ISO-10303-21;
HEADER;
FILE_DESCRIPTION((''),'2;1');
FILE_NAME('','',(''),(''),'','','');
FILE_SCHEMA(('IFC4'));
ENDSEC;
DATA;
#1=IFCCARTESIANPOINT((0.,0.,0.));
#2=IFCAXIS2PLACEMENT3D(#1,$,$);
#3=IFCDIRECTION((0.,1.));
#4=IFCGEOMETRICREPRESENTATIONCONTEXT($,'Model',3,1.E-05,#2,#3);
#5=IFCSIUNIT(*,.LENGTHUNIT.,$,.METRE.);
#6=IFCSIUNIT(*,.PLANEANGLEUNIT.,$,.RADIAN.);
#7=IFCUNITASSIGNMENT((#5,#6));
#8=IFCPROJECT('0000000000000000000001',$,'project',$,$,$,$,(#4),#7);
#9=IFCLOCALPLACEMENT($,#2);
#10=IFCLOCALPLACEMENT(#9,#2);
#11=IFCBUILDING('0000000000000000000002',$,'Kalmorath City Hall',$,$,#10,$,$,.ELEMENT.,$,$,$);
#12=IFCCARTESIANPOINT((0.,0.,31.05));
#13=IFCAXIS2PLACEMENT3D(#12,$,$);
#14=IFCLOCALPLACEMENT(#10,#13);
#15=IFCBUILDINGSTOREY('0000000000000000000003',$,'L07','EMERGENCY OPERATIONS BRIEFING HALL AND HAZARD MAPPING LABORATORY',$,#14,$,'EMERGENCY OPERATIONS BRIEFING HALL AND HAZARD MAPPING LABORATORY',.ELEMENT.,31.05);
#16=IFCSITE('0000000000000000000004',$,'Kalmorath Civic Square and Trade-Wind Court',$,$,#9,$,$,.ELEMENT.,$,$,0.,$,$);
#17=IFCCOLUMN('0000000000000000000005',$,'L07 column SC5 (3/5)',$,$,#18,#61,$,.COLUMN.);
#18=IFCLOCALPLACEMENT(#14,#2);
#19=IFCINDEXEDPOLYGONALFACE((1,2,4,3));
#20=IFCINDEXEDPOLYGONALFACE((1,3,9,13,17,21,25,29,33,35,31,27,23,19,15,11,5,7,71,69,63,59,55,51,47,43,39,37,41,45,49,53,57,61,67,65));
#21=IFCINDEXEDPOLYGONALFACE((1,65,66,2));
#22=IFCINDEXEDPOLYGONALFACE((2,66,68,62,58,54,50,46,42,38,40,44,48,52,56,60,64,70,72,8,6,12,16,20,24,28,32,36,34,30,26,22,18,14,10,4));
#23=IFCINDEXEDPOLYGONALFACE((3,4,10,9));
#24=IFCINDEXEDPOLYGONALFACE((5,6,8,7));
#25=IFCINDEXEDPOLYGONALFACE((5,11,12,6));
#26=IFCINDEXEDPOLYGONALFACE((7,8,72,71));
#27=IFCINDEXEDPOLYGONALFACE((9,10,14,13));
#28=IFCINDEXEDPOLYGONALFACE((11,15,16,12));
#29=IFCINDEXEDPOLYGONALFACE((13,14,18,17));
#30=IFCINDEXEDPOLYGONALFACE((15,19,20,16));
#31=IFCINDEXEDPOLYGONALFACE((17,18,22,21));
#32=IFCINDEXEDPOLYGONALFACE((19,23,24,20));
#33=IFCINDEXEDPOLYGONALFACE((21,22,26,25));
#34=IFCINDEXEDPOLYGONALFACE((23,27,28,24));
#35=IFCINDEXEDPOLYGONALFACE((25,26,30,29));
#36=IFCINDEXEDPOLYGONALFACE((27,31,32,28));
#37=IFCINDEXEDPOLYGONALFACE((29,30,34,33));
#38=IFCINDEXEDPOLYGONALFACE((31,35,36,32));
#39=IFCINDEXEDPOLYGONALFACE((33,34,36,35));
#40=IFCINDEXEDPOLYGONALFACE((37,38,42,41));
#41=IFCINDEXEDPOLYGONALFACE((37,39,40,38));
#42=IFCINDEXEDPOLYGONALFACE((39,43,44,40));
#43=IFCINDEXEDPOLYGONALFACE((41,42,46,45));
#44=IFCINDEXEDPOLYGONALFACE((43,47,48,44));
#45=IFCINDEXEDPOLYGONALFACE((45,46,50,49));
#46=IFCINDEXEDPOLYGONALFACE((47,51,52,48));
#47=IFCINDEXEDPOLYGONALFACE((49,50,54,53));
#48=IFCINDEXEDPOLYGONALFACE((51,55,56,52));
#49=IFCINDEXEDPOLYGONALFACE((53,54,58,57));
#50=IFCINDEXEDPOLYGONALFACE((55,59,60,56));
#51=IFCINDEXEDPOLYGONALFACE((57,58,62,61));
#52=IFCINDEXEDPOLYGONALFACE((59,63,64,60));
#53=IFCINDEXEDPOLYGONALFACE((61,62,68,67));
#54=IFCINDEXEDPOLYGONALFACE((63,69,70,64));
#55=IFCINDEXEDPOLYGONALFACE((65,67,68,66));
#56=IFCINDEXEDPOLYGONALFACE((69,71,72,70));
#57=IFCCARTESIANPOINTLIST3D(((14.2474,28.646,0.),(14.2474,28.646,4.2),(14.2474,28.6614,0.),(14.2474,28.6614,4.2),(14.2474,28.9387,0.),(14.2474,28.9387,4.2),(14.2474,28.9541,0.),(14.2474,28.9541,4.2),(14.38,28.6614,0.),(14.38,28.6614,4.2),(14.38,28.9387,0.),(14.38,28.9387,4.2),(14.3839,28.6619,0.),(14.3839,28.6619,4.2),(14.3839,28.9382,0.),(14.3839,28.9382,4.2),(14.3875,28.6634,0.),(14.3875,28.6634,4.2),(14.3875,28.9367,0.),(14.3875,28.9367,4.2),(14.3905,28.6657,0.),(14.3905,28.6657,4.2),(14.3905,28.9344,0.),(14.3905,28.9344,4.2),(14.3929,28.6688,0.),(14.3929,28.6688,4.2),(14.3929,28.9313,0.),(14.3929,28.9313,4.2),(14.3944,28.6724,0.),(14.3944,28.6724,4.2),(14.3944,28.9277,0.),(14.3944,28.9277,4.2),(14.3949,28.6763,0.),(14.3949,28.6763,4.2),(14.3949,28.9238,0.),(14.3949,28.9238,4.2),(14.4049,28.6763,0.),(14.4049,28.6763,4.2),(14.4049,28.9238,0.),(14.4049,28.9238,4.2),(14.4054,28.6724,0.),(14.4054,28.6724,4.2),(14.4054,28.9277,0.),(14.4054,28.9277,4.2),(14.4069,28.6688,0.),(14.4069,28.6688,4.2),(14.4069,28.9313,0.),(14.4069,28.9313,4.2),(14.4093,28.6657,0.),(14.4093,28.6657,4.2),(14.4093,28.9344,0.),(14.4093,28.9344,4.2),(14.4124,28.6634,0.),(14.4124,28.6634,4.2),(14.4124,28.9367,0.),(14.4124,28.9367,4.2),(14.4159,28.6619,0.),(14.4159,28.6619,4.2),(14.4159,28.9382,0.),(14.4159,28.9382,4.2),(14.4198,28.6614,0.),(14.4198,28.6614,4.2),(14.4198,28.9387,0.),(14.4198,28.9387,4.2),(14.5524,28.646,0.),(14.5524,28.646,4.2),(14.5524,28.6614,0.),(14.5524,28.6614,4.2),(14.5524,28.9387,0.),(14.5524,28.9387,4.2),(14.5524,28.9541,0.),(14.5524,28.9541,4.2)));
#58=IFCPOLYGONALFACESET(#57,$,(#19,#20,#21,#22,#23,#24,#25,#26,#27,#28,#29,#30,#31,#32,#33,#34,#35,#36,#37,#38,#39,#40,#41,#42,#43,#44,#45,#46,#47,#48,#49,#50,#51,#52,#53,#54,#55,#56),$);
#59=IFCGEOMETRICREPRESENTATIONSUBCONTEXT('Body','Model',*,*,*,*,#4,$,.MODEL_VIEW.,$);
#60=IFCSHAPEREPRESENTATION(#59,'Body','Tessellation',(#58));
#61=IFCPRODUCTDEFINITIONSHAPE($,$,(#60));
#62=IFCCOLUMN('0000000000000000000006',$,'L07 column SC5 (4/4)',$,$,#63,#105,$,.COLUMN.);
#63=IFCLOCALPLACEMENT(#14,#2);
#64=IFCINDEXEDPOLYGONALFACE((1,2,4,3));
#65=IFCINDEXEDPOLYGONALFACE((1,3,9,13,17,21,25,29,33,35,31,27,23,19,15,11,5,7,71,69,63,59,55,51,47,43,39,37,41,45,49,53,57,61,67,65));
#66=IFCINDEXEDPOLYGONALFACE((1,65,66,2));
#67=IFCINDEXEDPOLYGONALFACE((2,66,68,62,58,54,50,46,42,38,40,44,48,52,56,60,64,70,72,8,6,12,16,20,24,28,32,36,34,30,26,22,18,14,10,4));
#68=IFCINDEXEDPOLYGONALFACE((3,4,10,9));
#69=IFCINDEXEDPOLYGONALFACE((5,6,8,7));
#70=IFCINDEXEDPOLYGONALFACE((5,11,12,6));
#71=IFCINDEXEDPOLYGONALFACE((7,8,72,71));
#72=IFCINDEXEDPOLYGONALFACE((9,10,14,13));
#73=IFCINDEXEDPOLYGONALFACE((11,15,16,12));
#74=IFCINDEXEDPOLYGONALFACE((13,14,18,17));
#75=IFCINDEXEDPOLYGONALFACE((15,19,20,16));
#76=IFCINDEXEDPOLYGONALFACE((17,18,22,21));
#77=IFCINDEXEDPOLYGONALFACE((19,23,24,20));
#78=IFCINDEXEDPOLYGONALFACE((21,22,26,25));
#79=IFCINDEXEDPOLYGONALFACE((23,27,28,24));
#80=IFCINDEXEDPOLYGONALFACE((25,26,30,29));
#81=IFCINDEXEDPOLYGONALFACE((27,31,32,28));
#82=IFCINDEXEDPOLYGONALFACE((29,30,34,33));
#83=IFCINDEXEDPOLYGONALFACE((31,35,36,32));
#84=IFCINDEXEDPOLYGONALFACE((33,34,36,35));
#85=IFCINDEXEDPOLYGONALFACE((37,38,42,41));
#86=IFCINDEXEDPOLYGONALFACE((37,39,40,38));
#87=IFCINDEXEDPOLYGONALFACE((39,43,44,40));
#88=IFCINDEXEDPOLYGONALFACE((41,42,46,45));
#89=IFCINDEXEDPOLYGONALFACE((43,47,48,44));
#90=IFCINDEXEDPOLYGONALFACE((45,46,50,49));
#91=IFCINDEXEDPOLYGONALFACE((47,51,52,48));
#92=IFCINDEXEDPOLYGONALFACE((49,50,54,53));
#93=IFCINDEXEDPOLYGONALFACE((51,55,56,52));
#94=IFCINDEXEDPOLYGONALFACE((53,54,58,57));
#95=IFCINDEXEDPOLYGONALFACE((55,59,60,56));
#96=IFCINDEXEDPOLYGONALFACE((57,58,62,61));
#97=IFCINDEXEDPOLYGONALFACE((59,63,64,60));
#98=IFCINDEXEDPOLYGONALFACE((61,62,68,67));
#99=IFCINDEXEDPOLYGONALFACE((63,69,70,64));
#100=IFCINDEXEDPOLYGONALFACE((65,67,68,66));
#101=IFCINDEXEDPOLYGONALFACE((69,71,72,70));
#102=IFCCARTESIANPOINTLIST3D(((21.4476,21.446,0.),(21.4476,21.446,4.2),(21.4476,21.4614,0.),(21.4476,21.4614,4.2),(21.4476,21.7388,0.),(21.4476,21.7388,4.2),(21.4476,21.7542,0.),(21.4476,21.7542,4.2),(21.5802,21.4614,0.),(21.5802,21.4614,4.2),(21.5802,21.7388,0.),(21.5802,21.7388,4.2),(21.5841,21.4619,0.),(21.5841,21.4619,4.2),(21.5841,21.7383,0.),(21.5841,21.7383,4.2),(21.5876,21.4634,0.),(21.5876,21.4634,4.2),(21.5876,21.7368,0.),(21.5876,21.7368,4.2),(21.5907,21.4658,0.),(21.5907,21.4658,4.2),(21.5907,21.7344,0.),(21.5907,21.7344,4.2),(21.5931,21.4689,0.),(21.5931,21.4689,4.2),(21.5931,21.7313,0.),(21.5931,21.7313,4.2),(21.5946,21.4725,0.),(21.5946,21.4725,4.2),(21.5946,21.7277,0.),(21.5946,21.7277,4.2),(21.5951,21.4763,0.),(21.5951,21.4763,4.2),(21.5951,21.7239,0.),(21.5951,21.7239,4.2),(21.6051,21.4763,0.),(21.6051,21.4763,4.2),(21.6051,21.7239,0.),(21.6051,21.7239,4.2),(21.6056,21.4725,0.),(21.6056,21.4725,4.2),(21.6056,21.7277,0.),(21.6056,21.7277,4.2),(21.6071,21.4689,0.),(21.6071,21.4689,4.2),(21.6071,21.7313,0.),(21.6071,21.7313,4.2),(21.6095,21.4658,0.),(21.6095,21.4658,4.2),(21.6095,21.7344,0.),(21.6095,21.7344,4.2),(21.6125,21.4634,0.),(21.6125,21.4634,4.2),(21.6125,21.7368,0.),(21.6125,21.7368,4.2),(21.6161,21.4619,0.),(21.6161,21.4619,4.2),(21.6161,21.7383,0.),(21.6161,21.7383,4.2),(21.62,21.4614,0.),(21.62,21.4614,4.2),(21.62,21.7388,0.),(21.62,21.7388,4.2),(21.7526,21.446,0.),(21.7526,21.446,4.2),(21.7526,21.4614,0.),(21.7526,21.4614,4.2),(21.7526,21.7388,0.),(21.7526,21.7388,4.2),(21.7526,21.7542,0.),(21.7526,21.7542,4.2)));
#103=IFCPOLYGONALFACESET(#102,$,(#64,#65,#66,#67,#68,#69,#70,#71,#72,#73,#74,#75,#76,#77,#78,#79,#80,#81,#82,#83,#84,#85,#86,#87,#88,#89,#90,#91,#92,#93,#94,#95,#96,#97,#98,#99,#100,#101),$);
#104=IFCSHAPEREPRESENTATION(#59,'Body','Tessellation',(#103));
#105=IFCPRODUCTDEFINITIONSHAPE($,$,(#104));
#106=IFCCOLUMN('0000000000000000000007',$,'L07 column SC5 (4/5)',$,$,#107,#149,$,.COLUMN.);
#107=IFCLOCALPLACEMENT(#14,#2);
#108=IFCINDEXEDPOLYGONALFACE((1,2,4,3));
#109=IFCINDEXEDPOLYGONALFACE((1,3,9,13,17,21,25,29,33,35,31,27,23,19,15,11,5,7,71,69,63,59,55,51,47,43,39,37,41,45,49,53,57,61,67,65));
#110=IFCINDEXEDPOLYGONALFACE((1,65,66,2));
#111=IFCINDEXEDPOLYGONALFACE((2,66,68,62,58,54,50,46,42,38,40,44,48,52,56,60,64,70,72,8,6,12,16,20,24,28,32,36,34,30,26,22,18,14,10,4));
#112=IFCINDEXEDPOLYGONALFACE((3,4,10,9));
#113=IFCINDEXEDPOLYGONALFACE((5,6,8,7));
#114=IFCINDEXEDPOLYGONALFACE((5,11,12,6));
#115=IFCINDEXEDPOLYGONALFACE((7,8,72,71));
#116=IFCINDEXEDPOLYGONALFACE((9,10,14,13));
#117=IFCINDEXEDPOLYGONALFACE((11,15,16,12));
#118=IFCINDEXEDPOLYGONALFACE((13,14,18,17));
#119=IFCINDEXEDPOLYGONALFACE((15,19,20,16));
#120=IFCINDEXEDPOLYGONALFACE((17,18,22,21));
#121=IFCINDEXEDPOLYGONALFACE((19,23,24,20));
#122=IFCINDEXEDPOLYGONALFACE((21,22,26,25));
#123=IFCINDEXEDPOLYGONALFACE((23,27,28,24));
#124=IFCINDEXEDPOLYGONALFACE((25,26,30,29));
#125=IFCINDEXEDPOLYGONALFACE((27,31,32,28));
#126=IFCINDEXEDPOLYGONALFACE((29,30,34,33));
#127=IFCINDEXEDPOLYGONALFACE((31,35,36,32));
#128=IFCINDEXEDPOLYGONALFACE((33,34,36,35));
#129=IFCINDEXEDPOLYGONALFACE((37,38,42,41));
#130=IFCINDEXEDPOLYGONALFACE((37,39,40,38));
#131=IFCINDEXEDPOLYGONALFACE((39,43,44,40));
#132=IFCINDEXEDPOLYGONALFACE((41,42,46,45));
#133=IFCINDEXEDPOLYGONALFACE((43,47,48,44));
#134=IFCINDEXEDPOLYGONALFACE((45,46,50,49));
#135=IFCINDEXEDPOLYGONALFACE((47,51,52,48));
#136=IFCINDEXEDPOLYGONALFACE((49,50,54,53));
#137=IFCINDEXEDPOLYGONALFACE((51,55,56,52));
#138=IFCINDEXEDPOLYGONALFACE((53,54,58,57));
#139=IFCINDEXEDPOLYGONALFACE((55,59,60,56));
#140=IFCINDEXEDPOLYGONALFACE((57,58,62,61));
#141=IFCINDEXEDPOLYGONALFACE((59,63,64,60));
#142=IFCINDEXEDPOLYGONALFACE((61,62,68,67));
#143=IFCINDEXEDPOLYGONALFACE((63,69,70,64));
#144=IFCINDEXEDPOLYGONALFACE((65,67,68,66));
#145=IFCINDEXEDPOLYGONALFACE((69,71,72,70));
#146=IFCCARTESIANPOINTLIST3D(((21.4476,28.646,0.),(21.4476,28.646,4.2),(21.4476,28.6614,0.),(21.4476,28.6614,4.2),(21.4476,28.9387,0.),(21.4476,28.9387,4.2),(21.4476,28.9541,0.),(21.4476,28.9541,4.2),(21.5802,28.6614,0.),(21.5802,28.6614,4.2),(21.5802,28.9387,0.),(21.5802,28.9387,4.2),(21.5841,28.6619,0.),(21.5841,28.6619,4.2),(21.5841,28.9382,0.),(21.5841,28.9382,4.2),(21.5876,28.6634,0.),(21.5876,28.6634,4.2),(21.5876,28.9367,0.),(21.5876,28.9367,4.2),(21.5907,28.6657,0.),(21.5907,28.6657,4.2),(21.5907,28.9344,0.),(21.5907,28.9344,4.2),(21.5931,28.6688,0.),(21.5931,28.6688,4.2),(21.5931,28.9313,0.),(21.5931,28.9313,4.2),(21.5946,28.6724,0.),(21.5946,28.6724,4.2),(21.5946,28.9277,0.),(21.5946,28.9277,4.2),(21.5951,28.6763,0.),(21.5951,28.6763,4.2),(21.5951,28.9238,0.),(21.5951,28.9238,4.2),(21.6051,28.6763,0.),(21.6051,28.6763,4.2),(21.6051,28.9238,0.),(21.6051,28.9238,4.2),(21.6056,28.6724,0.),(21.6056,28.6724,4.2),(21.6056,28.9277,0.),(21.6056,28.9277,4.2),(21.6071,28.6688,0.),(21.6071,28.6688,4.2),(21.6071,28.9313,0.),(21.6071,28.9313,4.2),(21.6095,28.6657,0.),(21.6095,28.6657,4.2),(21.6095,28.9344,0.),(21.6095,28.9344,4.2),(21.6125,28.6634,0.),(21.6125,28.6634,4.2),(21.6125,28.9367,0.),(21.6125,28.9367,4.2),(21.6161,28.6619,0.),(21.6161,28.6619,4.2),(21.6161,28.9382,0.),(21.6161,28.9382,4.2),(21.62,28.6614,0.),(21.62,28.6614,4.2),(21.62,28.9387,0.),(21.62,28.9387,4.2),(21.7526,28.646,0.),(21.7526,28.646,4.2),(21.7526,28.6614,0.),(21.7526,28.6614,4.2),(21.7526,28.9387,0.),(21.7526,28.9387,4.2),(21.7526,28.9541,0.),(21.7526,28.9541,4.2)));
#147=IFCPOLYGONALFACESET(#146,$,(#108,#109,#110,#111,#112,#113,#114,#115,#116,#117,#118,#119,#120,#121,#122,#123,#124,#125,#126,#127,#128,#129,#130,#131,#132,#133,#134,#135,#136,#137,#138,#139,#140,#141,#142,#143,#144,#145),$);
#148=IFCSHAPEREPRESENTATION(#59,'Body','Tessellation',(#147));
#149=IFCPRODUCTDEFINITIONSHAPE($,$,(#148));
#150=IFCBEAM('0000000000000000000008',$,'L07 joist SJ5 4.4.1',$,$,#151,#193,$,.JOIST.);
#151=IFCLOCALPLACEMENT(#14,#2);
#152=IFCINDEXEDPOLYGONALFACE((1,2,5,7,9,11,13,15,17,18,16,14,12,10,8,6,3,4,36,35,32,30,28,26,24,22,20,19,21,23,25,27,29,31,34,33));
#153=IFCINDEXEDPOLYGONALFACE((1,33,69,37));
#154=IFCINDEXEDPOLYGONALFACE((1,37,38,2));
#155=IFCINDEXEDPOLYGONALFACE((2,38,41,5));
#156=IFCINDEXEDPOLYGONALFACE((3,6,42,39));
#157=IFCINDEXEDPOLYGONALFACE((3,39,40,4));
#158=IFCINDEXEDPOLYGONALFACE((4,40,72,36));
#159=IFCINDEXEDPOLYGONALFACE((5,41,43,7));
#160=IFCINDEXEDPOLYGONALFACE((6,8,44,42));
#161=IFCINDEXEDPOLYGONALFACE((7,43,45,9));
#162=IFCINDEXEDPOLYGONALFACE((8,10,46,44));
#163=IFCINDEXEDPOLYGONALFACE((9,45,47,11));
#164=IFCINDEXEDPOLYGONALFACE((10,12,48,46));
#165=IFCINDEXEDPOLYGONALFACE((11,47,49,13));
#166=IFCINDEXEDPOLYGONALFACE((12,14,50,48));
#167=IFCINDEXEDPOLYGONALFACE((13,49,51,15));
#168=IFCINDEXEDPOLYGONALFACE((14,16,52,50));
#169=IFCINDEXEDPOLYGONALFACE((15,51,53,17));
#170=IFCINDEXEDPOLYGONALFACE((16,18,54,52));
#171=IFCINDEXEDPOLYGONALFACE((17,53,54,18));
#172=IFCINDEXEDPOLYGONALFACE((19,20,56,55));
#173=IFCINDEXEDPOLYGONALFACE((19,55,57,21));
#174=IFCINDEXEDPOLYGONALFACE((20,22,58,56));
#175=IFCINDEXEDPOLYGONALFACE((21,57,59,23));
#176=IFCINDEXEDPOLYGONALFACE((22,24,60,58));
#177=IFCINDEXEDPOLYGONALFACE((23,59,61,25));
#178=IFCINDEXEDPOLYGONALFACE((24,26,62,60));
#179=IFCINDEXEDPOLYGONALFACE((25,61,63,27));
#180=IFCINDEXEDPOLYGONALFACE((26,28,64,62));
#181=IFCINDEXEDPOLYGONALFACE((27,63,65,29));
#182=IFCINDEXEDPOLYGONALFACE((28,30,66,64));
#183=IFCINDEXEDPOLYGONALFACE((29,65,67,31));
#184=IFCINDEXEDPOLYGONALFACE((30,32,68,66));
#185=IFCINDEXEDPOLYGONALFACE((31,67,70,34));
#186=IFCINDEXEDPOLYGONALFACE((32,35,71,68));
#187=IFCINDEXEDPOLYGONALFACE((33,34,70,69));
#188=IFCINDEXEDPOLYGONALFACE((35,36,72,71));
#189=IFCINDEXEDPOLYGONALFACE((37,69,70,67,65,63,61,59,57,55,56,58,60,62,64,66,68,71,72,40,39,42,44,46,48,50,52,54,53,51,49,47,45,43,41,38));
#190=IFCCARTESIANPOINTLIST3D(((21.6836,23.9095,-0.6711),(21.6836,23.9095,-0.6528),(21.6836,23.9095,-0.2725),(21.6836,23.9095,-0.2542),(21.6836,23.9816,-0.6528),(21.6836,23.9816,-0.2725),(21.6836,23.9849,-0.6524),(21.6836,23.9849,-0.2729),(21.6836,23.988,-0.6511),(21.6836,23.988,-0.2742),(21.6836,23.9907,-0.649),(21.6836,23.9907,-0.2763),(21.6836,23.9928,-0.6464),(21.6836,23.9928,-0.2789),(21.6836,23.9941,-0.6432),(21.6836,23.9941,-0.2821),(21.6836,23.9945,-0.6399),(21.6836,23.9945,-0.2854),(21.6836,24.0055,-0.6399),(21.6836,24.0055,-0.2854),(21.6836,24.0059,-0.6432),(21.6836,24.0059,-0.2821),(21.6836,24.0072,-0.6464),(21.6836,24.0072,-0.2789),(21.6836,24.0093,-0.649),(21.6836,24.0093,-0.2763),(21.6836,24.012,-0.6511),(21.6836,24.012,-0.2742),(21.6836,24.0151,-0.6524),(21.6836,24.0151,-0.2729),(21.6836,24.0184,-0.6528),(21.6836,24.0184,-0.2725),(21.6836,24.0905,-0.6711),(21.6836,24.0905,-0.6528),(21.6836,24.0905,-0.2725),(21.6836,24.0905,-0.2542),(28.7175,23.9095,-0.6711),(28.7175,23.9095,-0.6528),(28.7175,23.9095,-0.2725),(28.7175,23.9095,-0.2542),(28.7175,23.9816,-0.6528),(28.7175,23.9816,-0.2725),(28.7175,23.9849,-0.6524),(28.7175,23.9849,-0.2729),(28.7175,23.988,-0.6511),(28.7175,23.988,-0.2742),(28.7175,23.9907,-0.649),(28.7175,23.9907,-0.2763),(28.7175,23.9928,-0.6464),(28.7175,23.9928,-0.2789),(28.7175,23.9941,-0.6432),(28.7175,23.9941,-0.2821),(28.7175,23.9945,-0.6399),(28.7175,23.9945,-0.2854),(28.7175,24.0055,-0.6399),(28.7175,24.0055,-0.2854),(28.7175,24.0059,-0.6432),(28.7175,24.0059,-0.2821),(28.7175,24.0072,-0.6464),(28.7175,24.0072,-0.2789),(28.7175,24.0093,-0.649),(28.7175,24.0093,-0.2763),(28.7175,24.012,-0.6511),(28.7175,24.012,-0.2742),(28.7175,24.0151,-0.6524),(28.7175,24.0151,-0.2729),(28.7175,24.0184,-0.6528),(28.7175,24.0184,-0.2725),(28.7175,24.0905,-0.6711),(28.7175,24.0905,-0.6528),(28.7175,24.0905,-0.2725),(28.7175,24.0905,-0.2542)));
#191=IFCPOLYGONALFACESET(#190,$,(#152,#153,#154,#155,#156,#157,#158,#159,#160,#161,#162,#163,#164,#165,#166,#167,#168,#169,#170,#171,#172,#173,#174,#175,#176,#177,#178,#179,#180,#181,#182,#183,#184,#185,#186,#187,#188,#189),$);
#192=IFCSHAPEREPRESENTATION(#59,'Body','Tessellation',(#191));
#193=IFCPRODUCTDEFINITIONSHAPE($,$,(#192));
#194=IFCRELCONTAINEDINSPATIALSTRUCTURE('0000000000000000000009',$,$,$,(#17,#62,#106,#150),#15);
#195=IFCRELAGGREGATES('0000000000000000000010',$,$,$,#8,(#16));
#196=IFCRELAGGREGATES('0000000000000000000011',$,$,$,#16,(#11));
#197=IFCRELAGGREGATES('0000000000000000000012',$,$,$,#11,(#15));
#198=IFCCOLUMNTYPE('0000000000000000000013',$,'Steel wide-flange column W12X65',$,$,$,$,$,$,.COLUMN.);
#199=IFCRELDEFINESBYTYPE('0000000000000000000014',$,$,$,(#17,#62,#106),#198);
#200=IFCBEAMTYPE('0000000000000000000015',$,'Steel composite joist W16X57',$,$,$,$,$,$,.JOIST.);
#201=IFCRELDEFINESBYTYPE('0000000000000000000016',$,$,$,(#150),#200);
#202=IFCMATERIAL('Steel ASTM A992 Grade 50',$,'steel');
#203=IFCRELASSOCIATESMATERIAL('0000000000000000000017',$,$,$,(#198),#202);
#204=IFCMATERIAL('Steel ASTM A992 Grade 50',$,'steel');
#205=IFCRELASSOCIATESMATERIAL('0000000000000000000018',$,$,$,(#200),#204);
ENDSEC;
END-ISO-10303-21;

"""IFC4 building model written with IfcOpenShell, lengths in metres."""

from ifc_helpers import new_model, si_unit, direction, frame, origin, origin_2d, place, context, subcontext, project, spatial, i_section, extrude, material, material_profile, profile_set, type_object, element, save


model = new_model("IFC4")

# Units and contexts
model_context = context("Model", 3, precision=1e-05, world=origin(), true_north=direction((0.0, 1.0)))
body_context = subcontext(model_context, "Body", "Model", "MODEL_VIEW")
ifc_project = project(units=[si_unit("LENGTHUNIT", "METRE"), si_unit("PLANEANGLEUNIT", "RADIAN")], contexts=[model_context])

# Site, building, storey
site_placement = place(None, origin())
site = spatial("IfcSite", under=ifc_project, at=site_placement, Name="Kalmorath Civic Square and Trade-Wind Court", CompositionType="ELEMENT", RefElevation=0.0)
building_placement = place(site_placement, origin())
building = spatial("IfcBuilding", under=site, at=building_placement, Name="Kalmorath City Hall", CompositionType="ELEMENT")
storey_placement = place(building_placement, frame((0.0, 0.0, 31.05)))
storey = spatial("IfcBuildingStorey", under=building, at=storey_placement, Name="L07", Description="EMERGENCY OPERATIONS BRIEFING HALL AND HAZARD MAPPING LABORATORY", LongName="EMERGENCY OPERATIONS BRIEFING HALL AND HAZARD MAPPING LABORATORY", CompositionType="ELEMENT", Elevation=31.05)

# Columns
ifc_material_1 = material(Name="Steel ASTM A992 Grade 50", Category="steel")
ifc_material_profile_1 = material_profile(ifc_material_1, i_section(OverallWidth=0.3049, OverallDepth=0.3081, WebThickness=0.01, FlangeThickness=0.0154, FilletRadius=0.0149, at=origin_2d()), Name="W12X65")
ifc_profile_set_1 = profile_set([ifc_material_profile_1], Name="Steel ASTM A992 Grade 50")
column_type = type_object("IfcColumnType", Name="Steel wide-flange column W12X65", PredefinedType="COLUMN", material=ifc_profile_set_1)
for number, where, z_axis, x_axis, name in (
    (1, (14.3999, 28.8, 0.0), (0.0, 0.0, 1.0), (1.0, 0.0, 0.0), "L07 column SC5 (3/5)"),
    (2, (21.6001, 21.6001, 0.0), (0.0, 0.0, 1.0), (1.0, 0.0, 0.0), "L07 column SC5 (4/4)"),
    (3, (21.6001, 28.8, 0.0), (0.0, 0.0, 1.0), (1.0, 0.0, 0.0), "L07 column SC5 (4/5)"),
):
    element("IfcColumn", number, at=place(storey_placement, frame(where, z_axis=z_axis, x_axis=x_axis)), inside=storey, type_object=column_type, Name=name, PredefinedType="COLUMN", context=body_context, shape_type="SweptSolid", body=[
        extrude(i_section(OverallWidth=0.3049, OverallDepth=0.3081, WebThickness=0.01, FlangeThickness=0.0154, FilletRadius=0.0149, at=origin_2d()), origin(), (0.0, 0.0, 1.0), 4.2),
    ])

# Beam
ifc_material_2 = material(Name="Steel ASTM A992 Grade 50", Category="steel")
ifc_material_profile_2 = material_profile(ifc_material_2, i_section(OverallWidth=0.1809, OverallDepth=0.417, WebThickness=0.011, FlangeThickness=0.0183, FilletRadius=0.0129, at=origin_2d()), Name="W16X57")
ifc_profile_set_2 = profile_set([ifc_material_profile_2], Name="Steel ASTM A992 Grade 50")
beam_type_1 = type_object("IfcBeamType", Name="Steel composite joist W16X57", PredefinedType="JOIST", material=ifc_profile_set_2)
for number, where, z_axis, x_axis, name in (
    (4, (21.6836, 24.0, -0.4626), (1.0, 0.0, 0.0), (0.0, 1.0, 0.0), "L07 joist SJ5 4.4.1"),
):
    element("IfcBeam", number, at=place(storey_placement, frame(where, z_axis=z_axis, x_axis=x_axis)), inside=storey, type_object=beam_type_1, Name=name, PredefinedType="JOIST", context=body_context, shape_type="SweptSolid", body=[
        extrude(i_section(OverallWidth=0.1809, OverallDepth=0.417, WebThickness=0.011, FlangeThickness=0.0183, FilletRadius=0.0129, at=origin_2d()), origin(), (0.0, 0.0, 1.0), 7.0339),
    ])

save(model, "model.ifc")
